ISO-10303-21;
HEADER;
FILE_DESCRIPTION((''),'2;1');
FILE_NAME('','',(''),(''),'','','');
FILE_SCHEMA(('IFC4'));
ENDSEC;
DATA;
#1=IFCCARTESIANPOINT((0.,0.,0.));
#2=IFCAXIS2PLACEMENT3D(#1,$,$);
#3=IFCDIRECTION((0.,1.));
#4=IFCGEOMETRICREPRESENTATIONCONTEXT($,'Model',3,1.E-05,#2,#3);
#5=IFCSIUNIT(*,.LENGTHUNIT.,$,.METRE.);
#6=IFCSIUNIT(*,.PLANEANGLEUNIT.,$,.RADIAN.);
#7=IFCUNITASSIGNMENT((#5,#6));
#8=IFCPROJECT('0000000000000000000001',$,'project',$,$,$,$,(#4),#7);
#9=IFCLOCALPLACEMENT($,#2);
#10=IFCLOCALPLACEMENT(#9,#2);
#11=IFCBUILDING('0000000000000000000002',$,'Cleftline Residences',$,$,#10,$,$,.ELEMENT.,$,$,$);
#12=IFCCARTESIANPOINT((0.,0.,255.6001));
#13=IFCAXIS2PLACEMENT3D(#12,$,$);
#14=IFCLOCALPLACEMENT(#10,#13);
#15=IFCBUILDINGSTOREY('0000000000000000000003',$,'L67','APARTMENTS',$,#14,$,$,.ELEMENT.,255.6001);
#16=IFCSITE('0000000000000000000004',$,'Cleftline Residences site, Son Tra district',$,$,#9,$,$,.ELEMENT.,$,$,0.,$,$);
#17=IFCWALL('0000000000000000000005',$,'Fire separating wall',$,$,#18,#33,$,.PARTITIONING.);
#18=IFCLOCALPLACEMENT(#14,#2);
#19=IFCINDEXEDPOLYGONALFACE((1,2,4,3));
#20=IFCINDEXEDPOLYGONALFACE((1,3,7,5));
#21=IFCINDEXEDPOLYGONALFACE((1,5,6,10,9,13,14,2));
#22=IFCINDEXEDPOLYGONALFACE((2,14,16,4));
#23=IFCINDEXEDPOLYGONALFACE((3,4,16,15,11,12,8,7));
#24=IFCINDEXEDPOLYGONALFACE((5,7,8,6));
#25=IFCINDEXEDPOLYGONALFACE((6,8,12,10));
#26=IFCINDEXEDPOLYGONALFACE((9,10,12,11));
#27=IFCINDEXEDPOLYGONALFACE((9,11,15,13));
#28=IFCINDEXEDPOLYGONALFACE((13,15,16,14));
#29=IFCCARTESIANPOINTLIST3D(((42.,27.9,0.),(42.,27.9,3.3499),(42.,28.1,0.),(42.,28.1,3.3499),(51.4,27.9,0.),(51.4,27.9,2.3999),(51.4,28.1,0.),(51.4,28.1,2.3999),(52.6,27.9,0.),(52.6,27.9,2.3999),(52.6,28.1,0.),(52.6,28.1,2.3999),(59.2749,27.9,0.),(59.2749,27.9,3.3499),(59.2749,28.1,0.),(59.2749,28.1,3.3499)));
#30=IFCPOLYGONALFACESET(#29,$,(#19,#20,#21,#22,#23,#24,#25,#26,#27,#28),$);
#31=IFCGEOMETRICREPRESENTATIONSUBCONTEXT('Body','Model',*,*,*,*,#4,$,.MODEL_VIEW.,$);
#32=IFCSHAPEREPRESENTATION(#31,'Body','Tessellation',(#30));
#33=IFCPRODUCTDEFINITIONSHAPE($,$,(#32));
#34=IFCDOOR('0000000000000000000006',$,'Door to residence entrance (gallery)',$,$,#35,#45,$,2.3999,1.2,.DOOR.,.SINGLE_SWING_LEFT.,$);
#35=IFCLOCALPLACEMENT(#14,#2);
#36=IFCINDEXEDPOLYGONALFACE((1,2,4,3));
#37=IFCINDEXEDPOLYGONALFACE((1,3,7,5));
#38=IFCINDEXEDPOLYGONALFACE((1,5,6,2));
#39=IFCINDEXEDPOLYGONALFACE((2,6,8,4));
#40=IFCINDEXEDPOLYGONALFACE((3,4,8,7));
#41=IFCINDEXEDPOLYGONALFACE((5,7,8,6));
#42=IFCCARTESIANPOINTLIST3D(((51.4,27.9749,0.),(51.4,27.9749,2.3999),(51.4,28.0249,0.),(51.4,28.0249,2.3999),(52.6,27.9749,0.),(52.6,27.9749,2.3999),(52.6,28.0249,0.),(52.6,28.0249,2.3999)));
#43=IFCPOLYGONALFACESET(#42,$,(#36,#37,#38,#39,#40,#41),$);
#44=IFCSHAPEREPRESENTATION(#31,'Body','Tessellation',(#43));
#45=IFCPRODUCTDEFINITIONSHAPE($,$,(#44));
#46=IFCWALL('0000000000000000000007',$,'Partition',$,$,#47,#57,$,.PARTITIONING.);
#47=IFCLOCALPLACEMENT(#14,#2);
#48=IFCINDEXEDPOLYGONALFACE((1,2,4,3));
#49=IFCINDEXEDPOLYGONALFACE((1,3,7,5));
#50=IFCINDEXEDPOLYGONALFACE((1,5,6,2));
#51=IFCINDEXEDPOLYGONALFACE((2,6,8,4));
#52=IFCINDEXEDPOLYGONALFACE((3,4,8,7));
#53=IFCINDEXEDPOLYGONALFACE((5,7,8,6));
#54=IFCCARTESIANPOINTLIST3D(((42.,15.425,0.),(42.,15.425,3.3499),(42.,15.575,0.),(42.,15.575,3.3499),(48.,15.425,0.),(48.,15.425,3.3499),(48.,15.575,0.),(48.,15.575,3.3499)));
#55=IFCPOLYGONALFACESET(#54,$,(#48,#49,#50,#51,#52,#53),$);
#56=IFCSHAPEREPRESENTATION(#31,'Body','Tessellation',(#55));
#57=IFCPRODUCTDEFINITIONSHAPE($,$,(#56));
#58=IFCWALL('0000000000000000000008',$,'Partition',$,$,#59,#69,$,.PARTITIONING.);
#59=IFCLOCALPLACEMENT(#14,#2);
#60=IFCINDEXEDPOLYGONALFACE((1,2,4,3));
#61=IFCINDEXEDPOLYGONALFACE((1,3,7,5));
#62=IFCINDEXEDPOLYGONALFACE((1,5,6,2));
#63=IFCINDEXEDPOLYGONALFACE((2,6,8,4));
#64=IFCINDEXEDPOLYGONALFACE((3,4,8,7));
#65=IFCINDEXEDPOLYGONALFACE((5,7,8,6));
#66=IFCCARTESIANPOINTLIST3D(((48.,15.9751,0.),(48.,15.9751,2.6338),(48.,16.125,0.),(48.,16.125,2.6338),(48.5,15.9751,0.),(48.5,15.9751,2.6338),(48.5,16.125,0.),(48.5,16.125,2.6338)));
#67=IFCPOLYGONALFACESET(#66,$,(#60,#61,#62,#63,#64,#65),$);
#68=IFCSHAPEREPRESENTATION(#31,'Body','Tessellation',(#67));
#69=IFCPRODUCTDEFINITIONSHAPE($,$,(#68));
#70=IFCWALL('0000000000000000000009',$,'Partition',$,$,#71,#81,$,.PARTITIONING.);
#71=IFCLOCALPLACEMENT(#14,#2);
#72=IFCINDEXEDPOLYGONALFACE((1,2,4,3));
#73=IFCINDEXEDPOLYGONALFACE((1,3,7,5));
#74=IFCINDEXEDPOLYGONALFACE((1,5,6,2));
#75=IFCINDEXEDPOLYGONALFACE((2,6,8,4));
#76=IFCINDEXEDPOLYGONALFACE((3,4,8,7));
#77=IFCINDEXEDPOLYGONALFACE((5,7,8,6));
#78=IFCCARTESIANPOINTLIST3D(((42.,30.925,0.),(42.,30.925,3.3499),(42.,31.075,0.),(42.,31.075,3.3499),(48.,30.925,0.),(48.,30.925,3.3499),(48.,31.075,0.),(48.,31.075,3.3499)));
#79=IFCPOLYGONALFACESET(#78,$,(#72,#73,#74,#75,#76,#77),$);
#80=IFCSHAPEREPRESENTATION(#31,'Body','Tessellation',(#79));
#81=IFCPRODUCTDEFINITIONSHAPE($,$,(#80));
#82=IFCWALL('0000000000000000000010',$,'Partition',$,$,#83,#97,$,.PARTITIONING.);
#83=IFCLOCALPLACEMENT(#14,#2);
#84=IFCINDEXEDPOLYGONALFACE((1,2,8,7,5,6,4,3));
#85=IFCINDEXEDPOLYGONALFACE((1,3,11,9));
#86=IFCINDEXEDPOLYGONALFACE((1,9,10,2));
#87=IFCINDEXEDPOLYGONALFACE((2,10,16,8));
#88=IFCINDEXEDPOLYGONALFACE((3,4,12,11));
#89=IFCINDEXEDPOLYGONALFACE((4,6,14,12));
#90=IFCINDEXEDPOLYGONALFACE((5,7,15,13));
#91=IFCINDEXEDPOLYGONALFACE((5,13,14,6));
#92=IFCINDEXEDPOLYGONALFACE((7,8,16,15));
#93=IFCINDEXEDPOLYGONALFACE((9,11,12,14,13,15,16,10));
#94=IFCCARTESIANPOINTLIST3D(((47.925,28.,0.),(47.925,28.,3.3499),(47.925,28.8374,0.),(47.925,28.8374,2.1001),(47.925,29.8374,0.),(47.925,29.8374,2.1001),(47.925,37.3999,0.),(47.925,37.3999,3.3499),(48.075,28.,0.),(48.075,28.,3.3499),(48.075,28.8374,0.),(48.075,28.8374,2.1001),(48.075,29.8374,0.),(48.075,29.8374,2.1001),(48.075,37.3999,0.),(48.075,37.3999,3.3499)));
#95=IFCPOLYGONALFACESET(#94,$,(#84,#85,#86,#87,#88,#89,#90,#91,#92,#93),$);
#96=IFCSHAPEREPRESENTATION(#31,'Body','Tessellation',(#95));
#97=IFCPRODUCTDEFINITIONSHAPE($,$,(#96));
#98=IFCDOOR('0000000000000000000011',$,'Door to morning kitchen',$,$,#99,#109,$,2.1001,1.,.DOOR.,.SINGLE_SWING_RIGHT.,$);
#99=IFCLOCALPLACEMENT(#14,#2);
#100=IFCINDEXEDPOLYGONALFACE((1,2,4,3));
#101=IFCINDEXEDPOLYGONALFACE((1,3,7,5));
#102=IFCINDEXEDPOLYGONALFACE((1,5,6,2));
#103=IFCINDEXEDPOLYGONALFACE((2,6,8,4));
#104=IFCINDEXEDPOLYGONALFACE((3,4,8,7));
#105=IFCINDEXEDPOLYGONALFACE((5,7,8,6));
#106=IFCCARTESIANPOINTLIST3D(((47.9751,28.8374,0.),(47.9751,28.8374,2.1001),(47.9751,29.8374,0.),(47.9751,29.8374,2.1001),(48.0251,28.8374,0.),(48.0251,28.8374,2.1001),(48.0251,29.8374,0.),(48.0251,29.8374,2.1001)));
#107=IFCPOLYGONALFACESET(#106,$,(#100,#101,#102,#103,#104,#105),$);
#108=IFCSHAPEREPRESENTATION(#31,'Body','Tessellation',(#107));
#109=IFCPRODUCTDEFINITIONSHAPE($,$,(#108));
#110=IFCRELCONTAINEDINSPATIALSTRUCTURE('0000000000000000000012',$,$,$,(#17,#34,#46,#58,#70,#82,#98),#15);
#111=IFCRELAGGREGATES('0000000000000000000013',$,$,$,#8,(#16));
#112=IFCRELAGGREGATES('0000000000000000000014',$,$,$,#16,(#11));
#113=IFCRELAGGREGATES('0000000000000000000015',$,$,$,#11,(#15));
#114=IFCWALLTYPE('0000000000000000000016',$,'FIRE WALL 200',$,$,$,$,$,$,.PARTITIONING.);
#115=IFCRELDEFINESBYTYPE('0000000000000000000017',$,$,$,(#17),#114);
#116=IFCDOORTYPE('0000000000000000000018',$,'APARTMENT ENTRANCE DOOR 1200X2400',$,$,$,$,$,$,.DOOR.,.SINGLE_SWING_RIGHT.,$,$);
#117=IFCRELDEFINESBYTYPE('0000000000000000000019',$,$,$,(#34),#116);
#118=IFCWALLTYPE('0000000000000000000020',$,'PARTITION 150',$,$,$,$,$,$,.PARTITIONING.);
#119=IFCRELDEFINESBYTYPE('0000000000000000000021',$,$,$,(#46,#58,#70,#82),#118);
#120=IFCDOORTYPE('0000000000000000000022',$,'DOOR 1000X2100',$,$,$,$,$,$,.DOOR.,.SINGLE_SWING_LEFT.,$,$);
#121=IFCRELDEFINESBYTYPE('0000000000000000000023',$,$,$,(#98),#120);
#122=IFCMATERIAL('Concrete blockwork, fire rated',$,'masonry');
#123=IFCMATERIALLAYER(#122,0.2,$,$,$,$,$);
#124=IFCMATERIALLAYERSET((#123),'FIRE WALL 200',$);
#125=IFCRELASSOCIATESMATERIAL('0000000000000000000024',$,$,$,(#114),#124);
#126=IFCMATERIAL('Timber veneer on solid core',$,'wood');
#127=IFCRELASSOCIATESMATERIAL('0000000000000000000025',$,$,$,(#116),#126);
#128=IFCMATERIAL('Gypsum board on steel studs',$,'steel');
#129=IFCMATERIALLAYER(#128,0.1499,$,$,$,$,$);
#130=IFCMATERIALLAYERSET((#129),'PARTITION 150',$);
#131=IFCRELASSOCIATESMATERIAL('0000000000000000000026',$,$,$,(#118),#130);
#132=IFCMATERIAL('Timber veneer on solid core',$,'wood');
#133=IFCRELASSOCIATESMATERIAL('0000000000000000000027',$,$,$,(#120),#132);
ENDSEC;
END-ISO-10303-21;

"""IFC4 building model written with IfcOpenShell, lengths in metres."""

from ifc_helpers import new_model, si_unit, direction, frame, frame_2d, origin, place, context, subcontext, project, spatial, rectangle, extrude, material, layer, layer_set, type_object, element, fill, save


model = new_model("IFC4")

# Units and contexts
model_context = context("Model", 3, precision=1e-05, world=origin(), true_north=direction((0.0, 1.0)))
body_context = subcontext(model_context, "Body", "Model", "MODEL_VIEW")
ifc_project = project(units=[si_unit("LENGTHUNIT", "METRE"), si_unit("PLANEANGLEUNIT", "RADIAN")], contexts=[model_context])

# Site, building, storey
site_placement = place(None, origin())
site = spatial("IfcSite", under=ifc_project, at=site_placement, Name="Cleftline Residences site, Son Tra district", CompositionType="ELEMENT", RefElevation=0.0)
building_placement = place(site_placement, origin())
building = spatial("IfcBuilding", under=site, at=building_placement, Name="Cleftline Residences", CompositionType="ELEMENT")
storey_placement = place(building_placement, frame((0.0, 0.0, 255.6001)))
storey = spatial("IfcBuildingStorey", under=building, at=storey_placement, Name="L67", Description="APARTMENTS", CompositionType="ELEMENT", Elevation=255.6001)

# Shared definitions
ifc_material_1 = material(Name="Concrete blockwork, fire rated", Category="masonry")
ifc_layer_1 = layer(ifc_material_1, 0.2)
ifc_layer_set_1 = layer_set([ifc_layer_1], Name="FIRE WALL 200")
wall_type_1 = type_object("IfcWallType", Name="FIRE WALL 200", PredefinedType="PARTITIONING", material=ifc_layer_set_1)

# Wall, opening, door
wall_1_placement = place(storey_placement, frame((42.0, 28.0, 0.0), z_axis=(0.0, 0.0, 1.0), x_axis=(1.0, 0.0, 0.0)))
wall_1 = element("IfcWall", 1, at=wall_1_placement, inside=storey, type_object=wall_type_1, Name="Fire separating wall", PredefinedType="PARTITIONING", context=body_context, shape_type="SweptSolid", body=[
    extrude(rectangle(XDim=17.2749, YDim=0.2, at=frame_2d((8.6375, 0.0))), origin(), (0.0, 0.0, 1.0), 3.3499),
])
opening_1_placement = place(wall_1_placement, frame((9.3999, 0.0, 0.0)))
opening_1 = element("IfcOpeningElement", 2, at=opening_1_placement, cuts=wall_1, PredefinedType="OPENING", context=body_context, shape_type="SweptSolid", body=[
    extrude(rectangle(XDim=1.2, YDim=2.3999, at=frame_2d((0.6001, 1.2))), frame((0.0, 0.1099, 0.0), z_axis=(0.0, -1.0, 0.0), x_axis=(1.0, 0.0, 0.0)), (0.0, 0.0, 1.0), 0.22),
])
ifc_material_2 = material(Name="Timber veneer on solid core", Category="wood")
door_type_1 = type_object("IfcDoorType", Name="APARTMENT ENTRANCE DOOR 1200X2400", OperationType="SINGLE_SWING_RIGHT", PredefinedType="DOOR", material=ifc_material_2)
door_1_placement = place(opening_1_placement, origin())
door_1 = element("IfcDoor", 3, at=door_1_placement, inside=storey, type_object=door_type_1, Name="Door to residence entrance (gallery)", OperationType="SINGLE_SWING_LEFT", OverallHeight=2.3999, OverallWidth=1.2, PredefinedType="DOOR", context=body_context, shape_type="SweptSolid", body=[
    extrude(rectangle(XDim=1.2, YDim=2.3999, at=frame_2d((0.6001, 1.2))), frame((0.0, 0.0249, 0.0), z_axis=(0.0, -1.0, 0.0), x_axis=(1.0, 0.0, 0.0)), (0.0, 0.0, 1.0), 0.05),
])
fill(opening_1, door_1)

# Walls
ifc_material_3 = material(Name="Gypsum board on steel studs", Category="steel")
ifc_layer_2 = layer(ifc_material_3, 0.1499)
ifc_layer_set_2 = layer_set([ifc_layer_2], Name="PARTITION 150")
wall_type_2 = type_object("IfcWallType", Name="PARTITION 150", PredefinedType="PARTITIONING", material=ifc_layer_set_2)
wall_2_placement = place(storey_placement, frame((42.0, 15.5, 0.0), z_axis=(0.0, 0.0, 1.0), x_axis=(1.0, 0.0, 0.0)))
element("IfcWall", 4, at=wall_2_placement, inside=storey, type_object=wall_type_2, Name="Partition", PredefinedType="PARTITIONING", context=body_context, shape_type="SweptSolid", body=[
    extrude(rectangle(XDim=6.0, YDim=0.1499, at=frame_2d((3.0, 0.0))), origin(), (0.0, 0.0, 1.0), 3.3499),
])
wall_3_placement = place(storey_placement, frame((48.0, 16.05, 0.0), z_axis=(0.0, 0.0, 1.0), x_axis=(1.0, 0.0, 0.0)))
element("IfcWall", 5, at=wall_3_placement, inside=storey, type_object=wall_type_2, Name="Partition", PredefinedType="PARTITIONING", context=body_context, shape_type="SweptSolid", body=[
    extrude(rectangle(XDim=0.5, YDim=0.1499, at=frame_2d((0.25, 0.0))), origin(), (0.0, 0.0, 1.0), 2.6338),
])
wall_4_placement = place(storey_placement, frame((42.0, 31.0, 0.0), z_axis=(0.0, 0.0, 1.0), x_axis=(1.0, 0.0, 0.0)))
element("IfcWall", 6, at=wall_4_placement, inside=storey, type_object=wall_type_2, Name="Partition", PredefinedType="PARTITIONING", context=body_context, shape_type="SweptSolid", body=[
    extrude(rectangle(XDim=6.0, YDim=0.1499, at=frame_2d((3.0, 0.0))), origin(), (0.0, 0.0, 1.0), 3.3499),
])

# Wall, opening, door
wall_5_placement = place(storey_placement, frame((48.0, 28.0, 0.0), z_axis=(0.0, 0.0, 1.0), x_axis=(0.0, 1.0, 0.0)))
wall_5 = element("IfcWall", 7, at=wall_5_placement, inside=storey, type_object=wall_type_2, Name="Partition", PredefinedType="PARTITIONING", context=body_context, shape_type="SweptSolid", body=[
    extrude(rectangle(XDim=9.3999, YDim=0.1499, at=frame_2d((4.7, 0.0))), origin(), (0.0, 0.0, 1.0), 3.3499),
])
opening_2_placement = place(wall_5_placement, frame((0.8374, 0.0, 0.0)))
opening_2 = element("IfcOpeningElement", 8, at=opening_2_placement, cuts=wall_5, PredefinedType="OPENING", context=body_context, shape_type="SweptSolid", body=[
    extrude(rectangle(XDim=1.0, YDim=2.1001, at=frame_2d((0.5, 1.05))), frame((0.0, 0.085, 0.0), z_axis=(0.0, -1.0, 0.0), x_axis=(1.0, 0.0, 0.0)), (0.0, 0.0, 1.0), 0.1699),
])
ifc_material_4 = material(Name="Timber veneer on solid core", Category="wood")
door_type_2 = type_object("IfcDoorType", Name="DOOR 1000X2100", OperationType="SINGLE_SWING_LEFT", PredefinedType="DOOR", material=ifc_material_4)
door_2_placement = place(opening_2_placement, origin())
door_2 = element("IfcDoor", 9, at=door_2_placement, inside=storey, type_object=door_type_2, Name="Door to morning kitchen", OperationType="SINGLE_SWING_RIGHT", OverallHeight=2.1001, OverallWidth=1.0, PredefinedType="DOOR", context=body_context, shape_type="SweptSolid", body=[
    extrude(rectangle(XDim=1.0, YDim=2.1001, at=frame_2d((0.5, 1.05))), frame((0.0, 0.0249, 0.0), z_axis=(0.0, -1.0, 0.0), x_axis=(1.0, 0.0, 0.0)), (0.0, 0.0, 1.0), 0.05),
])
fill(opening_2, door_2)

save(model, "model.ifc")
